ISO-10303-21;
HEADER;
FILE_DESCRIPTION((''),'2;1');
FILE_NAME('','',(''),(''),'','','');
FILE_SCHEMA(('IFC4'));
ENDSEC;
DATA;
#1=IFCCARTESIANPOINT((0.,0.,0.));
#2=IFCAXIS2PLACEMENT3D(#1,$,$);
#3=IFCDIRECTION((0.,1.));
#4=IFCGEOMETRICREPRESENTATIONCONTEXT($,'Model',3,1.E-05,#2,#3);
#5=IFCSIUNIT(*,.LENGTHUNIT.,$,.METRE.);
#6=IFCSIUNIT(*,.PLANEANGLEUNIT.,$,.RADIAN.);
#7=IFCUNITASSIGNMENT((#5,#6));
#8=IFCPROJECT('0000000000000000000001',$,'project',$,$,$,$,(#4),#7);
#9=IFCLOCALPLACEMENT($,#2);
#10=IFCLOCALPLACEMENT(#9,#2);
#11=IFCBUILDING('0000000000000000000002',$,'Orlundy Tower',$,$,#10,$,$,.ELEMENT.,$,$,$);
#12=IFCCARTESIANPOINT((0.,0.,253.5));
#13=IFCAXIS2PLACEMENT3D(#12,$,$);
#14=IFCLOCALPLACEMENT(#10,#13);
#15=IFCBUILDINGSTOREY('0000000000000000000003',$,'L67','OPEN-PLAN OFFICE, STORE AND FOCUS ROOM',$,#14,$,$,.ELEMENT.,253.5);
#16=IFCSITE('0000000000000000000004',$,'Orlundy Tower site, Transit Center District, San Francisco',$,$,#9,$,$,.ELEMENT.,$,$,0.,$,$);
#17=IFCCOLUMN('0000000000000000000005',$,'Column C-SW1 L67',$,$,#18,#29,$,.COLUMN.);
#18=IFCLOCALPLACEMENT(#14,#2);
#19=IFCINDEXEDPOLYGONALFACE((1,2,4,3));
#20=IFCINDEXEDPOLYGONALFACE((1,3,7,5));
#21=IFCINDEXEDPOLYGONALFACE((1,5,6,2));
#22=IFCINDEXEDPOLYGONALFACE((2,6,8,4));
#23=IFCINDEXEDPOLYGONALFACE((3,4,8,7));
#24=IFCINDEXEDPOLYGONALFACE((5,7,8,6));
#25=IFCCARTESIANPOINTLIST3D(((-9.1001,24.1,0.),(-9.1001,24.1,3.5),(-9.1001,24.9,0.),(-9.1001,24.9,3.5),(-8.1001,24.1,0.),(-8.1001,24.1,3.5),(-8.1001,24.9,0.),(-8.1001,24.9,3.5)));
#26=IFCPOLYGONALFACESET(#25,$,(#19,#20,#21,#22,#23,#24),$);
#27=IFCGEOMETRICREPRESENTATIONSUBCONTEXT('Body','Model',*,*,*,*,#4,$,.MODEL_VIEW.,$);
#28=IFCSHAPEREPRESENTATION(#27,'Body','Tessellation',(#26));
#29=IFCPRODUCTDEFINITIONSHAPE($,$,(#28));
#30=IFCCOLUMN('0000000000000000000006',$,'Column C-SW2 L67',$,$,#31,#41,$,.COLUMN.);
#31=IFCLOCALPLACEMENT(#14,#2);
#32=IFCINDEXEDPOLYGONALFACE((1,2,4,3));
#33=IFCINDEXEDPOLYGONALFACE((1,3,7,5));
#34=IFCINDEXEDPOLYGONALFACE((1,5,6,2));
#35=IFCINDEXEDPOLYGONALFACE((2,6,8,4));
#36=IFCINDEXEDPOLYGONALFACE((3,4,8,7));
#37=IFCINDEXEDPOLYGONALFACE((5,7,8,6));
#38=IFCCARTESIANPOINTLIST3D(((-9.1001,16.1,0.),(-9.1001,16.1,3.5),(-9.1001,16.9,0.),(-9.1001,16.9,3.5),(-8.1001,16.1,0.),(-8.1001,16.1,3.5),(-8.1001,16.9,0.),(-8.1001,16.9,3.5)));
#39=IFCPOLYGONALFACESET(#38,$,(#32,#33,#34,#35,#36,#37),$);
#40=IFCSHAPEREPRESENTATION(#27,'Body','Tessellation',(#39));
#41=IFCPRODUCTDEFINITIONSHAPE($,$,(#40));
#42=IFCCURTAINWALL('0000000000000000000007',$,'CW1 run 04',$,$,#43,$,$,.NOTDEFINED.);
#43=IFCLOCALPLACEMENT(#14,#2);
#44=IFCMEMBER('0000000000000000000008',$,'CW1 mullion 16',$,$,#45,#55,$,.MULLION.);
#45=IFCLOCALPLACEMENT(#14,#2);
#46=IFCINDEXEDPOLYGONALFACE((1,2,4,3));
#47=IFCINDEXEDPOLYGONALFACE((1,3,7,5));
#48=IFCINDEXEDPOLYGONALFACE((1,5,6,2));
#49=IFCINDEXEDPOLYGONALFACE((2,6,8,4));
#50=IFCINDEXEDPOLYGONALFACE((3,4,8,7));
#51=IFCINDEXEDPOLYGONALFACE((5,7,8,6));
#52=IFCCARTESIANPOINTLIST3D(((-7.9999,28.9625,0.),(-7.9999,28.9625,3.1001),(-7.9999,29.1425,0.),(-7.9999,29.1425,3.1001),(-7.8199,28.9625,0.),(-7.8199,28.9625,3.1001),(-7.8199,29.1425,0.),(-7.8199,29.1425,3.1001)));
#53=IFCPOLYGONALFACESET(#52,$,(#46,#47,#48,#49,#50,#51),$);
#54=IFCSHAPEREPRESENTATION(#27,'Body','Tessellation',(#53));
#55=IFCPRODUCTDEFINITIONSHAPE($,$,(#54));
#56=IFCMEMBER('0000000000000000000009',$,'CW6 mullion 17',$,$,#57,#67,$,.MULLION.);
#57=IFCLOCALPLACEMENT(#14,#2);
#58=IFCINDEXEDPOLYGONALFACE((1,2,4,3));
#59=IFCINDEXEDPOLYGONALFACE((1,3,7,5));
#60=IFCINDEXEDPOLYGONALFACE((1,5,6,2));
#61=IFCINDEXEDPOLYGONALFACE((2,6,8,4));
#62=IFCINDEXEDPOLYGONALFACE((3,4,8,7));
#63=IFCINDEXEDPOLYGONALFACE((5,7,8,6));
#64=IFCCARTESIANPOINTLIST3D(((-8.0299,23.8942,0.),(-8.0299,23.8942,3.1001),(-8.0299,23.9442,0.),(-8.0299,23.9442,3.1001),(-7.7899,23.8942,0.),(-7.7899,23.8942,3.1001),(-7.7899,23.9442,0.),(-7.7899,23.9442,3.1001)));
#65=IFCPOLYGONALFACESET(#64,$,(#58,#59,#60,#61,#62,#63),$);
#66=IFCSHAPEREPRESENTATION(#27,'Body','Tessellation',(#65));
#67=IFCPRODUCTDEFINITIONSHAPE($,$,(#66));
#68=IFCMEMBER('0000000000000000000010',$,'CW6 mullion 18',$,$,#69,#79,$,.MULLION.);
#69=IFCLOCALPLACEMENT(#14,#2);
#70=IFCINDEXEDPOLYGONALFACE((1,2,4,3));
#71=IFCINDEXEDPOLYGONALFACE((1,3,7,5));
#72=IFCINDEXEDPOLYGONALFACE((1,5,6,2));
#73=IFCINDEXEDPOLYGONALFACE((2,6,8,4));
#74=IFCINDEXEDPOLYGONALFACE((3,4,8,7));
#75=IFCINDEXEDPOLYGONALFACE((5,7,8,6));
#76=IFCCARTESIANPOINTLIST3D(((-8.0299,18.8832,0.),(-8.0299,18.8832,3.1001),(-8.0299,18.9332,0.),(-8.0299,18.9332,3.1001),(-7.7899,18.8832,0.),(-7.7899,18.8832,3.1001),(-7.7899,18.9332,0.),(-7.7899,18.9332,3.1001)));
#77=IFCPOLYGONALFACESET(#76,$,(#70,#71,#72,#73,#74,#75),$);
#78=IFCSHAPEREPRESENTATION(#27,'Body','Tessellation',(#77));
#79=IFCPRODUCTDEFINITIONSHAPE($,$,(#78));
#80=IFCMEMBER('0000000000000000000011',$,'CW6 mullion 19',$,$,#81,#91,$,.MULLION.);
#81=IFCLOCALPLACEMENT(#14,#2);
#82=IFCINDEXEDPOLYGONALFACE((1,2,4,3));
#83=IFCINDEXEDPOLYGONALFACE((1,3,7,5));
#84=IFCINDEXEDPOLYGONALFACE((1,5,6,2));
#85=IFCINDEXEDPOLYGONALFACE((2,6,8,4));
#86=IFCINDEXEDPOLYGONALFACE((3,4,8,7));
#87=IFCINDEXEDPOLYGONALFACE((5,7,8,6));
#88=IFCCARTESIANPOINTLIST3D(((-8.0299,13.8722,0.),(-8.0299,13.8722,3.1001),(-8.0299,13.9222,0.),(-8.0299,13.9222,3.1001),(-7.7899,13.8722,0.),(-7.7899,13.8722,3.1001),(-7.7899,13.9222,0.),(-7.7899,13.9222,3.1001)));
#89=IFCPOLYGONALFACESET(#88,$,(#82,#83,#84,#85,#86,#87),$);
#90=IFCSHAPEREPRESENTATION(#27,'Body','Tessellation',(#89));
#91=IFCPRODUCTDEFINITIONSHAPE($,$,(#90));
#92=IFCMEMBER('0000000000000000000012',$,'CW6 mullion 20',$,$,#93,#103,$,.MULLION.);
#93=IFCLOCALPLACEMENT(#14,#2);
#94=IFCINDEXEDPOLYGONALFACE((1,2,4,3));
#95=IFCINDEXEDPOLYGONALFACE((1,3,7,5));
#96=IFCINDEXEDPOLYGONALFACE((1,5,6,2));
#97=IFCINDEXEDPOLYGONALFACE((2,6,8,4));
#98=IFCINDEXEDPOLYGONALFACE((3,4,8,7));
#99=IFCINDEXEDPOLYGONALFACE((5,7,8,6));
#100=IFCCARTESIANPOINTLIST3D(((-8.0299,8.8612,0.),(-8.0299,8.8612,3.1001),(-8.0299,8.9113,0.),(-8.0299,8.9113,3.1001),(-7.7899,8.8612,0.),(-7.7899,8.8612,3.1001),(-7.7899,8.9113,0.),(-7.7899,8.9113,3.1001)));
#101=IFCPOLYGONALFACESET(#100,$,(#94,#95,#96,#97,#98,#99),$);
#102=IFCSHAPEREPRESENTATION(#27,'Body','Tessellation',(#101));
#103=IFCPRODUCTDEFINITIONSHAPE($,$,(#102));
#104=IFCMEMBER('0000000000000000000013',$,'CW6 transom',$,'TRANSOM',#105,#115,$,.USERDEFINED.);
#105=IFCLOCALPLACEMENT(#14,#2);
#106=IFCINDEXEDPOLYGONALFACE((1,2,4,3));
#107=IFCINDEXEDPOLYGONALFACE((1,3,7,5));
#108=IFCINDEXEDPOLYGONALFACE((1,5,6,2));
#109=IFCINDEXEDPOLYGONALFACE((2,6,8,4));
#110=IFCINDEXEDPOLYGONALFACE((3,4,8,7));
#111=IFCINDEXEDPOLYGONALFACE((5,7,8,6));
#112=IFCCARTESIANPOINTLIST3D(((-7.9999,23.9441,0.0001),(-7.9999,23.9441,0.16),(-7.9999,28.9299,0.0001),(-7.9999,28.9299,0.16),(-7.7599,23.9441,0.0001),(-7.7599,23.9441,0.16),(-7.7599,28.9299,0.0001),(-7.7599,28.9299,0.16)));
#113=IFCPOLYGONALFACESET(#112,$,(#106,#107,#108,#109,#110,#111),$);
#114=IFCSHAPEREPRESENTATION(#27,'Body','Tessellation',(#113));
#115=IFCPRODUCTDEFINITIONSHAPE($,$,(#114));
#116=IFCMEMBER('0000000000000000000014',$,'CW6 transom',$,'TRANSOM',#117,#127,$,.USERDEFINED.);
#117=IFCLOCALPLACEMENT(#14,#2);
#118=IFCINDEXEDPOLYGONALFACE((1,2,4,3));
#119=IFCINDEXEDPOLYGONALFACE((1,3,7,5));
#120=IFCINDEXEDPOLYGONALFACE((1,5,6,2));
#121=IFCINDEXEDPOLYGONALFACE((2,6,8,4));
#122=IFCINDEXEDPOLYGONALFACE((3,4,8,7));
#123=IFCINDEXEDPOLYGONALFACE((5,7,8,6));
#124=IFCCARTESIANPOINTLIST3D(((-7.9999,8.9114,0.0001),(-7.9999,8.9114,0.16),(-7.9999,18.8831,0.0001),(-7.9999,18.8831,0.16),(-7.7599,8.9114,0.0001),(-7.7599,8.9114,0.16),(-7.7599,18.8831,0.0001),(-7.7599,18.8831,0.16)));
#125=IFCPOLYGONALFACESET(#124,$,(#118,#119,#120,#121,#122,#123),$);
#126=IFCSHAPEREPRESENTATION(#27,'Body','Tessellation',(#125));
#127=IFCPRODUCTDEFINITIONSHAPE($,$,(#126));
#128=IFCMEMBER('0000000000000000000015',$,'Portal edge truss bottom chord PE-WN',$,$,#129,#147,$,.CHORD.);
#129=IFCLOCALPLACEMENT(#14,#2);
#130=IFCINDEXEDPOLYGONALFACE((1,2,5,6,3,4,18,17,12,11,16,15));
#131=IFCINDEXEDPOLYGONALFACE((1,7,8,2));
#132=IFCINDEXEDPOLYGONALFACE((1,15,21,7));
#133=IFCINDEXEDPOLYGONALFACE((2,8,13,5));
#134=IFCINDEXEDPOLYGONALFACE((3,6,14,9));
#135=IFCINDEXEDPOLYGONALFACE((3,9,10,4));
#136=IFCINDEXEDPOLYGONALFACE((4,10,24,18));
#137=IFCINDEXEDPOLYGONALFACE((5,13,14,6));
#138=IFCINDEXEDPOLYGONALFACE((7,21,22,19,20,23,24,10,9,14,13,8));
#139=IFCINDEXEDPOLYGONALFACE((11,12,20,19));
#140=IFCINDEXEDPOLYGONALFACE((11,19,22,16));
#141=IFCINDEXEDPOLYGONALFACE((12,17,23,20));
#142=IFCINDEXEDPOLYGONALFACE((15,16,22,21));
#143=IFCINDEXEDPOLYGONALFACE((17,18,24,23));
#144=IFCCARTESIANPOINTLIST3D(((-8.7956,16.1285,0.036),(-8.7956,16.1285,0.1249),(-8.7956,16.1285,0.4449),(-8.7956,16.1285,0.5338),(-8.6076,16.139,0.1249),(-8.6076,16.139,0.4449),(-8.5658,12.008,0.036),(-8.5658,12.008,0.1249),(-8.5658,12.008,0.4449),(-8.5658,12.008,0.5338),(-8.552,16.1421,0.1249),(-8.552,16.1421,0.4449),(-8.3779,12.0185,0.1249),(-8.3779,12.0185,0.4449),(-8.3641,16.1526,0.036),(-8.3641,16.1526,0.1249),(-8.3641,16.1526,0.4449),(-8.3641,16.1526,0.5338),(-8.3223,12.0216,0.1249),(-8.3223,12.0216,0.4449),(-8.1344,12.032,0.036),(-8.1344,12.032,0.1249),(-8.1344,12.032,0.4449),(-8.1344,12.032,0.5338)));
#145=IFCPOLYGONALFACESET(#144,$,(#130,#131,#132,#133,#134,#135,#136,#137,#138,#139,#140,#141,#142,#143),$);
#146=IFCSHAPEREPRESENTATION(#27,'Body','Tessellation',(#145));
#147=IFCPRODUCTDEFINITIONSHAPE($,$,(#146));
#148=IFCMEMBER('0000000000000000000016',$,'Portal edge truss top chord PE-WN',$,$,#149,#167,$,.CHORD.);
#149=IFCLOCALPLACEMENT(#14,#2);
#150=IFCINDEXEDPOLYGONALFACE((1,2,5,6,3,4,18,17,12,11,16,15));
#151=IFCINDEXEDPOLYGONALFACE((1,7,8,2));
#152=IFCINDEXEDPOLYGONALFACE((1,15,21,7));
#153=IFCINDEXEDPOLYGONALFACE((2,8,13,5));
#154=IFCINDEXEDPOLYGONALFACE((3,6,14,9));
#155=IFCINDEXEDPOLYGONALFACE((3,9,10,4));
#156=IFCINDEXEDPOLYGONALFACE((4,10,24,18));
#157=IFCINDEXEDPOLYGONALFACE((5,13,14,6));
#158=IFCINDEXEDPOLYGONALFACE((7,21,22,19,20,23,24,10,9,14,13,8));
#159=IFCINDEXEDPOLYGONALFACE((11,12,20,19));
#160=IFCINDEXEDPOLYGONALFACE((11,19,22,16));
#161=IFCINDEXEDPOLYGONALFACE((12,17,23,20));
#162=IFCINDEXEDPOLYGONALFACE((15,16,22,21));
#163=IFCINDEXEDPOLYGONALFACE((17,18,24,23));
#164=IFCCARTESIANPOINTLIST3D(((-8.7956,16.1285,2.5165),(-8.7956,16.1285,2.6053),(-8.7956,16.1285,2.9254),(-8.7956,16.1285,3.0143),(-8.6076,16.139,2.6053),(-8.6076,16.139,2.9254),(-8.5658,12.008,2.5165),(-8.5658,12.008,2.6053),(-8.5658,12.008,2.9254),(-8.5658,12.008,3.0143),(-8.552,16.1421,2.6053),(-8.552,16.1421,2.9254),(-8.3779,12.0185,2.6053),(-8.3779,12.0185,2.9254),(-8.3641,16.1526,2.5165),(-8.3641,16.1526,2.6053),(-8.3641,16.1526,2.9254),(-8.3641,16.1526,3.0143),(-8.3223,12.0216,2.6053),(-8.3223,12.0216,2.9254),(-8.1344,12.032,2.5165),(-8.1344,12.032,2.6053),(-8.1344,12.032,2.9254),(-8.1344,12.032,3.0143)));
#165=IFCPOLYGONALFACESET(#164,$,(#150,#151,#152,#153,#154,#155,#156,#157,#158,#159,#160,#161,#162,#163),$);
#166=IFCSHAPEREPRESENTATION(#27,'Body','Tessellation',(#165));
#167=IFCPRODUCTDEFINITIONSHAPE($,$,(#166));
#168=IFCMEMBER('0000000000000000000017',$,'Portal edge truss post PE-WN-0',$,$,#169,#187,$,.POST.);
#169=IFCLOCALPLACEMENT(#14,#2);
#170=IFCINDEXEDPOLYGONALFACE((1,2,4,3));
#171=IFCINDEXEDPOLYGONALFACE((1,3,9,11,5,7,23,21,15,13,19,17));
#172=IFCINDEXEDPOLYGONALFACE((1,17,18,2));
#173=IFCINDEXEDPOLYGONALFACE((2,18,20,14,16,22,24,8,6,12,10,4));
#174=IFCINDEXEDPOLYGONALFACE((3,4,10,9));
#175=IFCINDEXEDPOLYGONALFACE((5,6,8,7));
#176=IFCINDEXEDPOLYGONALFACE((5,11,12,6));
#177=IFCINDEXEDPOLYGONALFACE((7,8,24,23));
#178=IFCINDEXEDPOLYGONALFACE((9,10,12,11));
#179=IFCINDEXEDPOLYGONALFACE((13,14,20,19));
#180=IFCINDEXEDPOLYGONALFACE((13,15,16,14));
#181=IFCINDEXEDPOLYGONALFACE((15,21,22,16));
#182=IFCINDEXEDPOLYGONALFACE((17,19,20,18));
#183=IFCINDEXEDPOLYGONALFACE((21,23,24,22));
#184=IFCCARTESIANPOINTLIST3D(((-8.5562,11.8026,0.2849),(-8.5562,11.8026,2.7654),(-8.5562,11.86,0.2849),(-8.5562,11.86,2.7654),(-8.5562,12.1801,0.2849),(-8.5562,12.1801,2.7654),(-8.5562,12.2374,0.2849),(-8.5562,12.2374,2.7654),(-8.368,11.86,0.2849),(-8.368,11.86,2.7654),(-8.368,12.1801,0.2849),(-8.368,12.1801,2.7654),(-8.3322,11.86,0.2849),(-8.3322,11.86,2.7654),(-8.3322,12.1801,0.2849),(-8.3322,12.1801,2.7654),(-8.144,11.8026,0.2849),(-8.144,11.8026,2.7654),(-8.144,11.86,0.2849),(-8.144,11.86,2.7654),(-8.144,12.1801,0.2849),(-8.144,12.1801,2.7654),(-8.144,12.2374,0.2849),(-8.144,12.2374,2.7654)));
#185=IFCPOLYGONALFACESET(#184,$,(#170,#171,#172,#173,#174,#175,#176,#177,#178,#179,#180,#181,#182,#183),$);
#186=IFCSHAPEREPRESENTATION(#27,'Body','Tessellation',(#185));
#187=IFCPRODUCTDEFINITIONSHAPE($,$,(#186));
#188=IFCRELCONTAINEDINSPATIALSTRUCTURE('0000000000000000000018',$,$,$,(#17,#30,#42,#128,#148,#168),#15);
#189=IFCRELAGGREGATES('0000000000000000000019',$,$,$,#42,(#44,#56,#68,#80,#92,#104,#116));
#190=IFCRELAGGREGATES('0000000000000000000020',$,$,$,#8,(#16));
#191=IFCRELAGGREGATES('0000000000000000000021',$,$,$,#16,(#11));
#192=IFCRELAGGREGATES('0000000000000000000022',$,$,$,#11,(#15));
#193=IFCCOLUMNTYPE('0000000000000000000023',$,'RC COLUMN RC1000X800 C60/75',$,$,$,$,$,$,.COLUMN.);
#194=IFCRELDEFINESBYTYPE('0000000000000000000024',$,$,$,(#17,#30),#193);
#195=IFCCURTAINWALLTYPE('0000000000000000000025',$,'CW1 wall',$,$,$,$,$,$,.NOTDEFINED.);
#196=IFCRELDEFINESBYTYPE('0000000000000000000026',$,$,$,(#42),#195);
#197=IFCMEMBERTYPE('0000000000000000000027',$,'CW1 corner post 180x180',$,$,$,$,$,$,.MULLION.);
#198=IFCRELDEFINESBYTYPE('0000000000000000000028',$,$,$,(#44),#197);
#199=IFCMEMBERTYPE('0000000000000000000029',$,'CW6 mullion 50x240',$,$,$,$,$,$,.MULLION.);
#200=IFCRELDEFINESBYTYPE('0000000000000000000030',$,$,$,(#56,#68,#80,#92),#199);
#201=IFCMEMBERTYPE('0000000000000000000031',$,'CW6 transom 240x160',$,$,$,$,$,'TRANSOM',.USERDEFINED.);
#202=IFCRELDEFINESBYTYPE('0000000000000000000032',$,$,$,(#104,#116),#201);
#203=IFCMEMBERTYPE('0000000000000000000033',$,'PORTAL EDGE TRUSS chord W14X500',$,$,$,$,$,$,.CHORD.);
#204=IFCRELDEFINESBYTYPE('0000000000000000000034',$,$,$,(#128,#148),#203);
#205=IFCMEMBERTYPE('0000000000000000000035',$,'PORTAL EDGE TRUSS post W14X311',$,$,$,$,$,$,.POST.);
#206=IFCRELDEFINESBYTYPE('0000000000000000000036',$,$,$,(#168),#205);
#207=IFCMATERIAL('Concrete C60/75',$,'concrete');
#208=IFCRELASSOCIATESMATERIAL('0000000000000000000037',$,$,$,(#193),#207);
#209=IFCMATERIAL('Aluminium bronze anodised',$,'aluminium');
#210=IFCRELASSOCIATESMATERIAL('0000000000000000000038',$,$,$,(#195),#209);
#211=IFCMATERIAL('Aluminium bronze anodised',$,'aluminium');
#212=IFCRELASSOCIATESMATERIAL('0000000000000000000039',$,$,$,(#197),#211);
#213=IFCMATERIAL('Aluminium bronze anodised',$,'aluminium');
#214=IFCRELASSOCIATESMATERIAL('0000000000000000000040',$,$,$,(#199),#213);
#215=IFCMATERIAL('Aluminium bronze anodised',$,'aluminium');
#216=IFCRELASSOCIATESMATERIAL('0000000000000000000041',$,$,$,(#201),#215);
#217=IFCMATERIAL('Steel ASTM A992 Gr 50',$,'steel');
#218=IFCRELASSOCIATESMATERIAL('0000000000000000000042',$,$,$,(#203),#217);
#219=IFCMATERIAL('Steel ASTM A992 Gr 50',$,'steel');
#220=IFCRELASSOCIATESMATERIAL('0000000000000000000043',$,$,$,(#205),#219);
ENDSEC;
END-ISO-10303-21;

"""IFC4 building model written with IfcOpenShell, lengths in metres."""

from ifc_helpers import new_model, si_unit, direction, frame, origin, origin_2d, place, context, subcontext, project, spatial, rectangle, i_section, extrude, material, material_profile, profile_set, type_object, element, aggregate, save


model = new_model("IFC4")

# Units and contexts
model_context = context("Model", 3, precision=1e-05, world=origin(), true_north=direction((0.0, 1.0)))
body_context = subcontext(model_context, "Body", "Model", "MODEL_VIEW")
ifc_project = project(units=[si_unit("LENGTHUNIT", "METRE"), si_unit("PLANEANGLEUNIT", "RADIAN")], contexts=[model_context])

# Site, building, storey
site_placement = place(None, origin())
site = spatial("IfcSite", under=ifc_project, at=site_placement, Name="Orlundy Tower site, Transit Center District, San Francisco", CompositionType="ELEMENT", RefElevation=0.0)
building_placement = place(site_placement, origin())
building = spatial("IfcBuilding", under=site, at=building_placement, Name="Orlundy Tower", CompositionType="ELEMENT")
storey_placement = place(building_placement, frame((0.0, 0.0, 253.5)))
storey = spatial("IfcBuildingStorey", under=building, at=storey_placement, Name="L67", Description="OPEN-PLAN OFFICE, STORE AND FOCUS ROOM", CompositionType="ELEMENT", Elevation=253.5)

# Columns
ifc_material_1 = material(Name="Concrete C60/75", Category="concrete")
ifc_material_profile_1 = material_profile(ifc_material_1, rectangle(XDim=1.0, YDim=0.8, at=origin_2d()), Name="RC1000X800")
ifc_profile_set_1 = profile_set([ifc_material_profile_1], Name="Concrete C60/75")
column_type = type_object("IfcColumnType", Name="RC COLUMN RC1000X800 C60/75", PredefinedType="COLUMN", material=ifc_profile_set_1)
for number, where, z_axis, x_axis, name in (
    (1, (-8.6001, 24.5, 0.0), (0.0, 0.0, 1.0), (1.0, 0.0, 0.0), "Column C-SW1 L67"),
    (2, (-8.6001, 16.5, 0.0), (0.0, 0.0, 1.0), (1.0, 0.0, 0.0), "Column C-SW2 L67"),
):
    element("IfcColumn", number, at=place(storey_placement, frame(where, z_axis=z_axis, x_axis=x_axis)), inside=storey, type_object=column_type, Name=name, PredefinedType="COLUMN", context=body_context, shape_type="SweptSolid", body=[
        extrude(rectangle(XDim=1.0, YDim=0.8, at=origin_2d()), origin(), (0.0, 0.0, 1.0), 3.5),
    ])

# Curtain wall, members
ifc_material_2 = material(Name="Aluminium bronze anodised", Category="aluminium")
curtain_wall_type = type_object("IfcCurtainWallType", Name="CW1 wall", PredefinedType="NOTDEFINED", material=ifc_material_2)
curtain_wall_1_placement = place(storey_placement, origin())
curtain_wall_1 = element("IfcCurtainWall", 3, at=curtain_wall_1_placement, inside=storey, type_object=curtain_wall_type, Name="CW1 run 04", PredefinedType="NOTDEFINED")
ifc_material_3 = material(Name="Aluminium bronze anodised", Category="aluminium")
ifc_material_profile_2 = material_profile(ifc_material_3, rectangle(XDim=0.1799, YDim=0.1799, at=origin_2d()), Name="CW1 corner post 180x180")
ifc_profile_set_2 = profile_set([ifc_material_profile_2], Name="Aluminium bronze anodised")
member_type_1 = type_object("IfcMemberType", Name="CW1 corner post 180x180", PredefinedType="MULLION", material=ifc_profile_set_2)
member_1_placement = place(storey_placement, frame((-7.9099, 29.0525, 0.0), z_axis=(0.0, 0.0, 1.0), x_axis=(1.0, 0.0, 0.0)))
member_1 = element("IfcMember", 4, at=member_1_placement, type_object=member_type_1, Name="CW1 mullion 16", PredefinedType="MULLION", context=body_context, shape_type="SweptSolid", body=[
    extrude(rectangle(XDim=0.1799, YDim=0.1799, at=origin_2d()), origin(), (0.0, 0.0, 1.0), 3.1001),
])
ifc_material_4 = material(Name="Aluminium bronze anodised", Category="aluminium")
ifc_material_profile_3 = material_profile(ifc_material_4, rectangle(XDim=0.24, YDim=0.05, at=origin_2d()), Name="CW6 mullion 50x240")
ifc_profile_set_3 = profile_set([ifc_material_profile_3], Name="Aluminium bronze anodised")
member_type_2 = type_object("IfcMemberType", Name="CW6 mullion 50x240", PredefinedType="MULLION", material=ifc_profile_set_3)
member_2_placement = place(storey_placement, frame((-7.9099, 23.9192, 0.0), z_axis=(0.0, 0.0, 1.0), x_axis=(1.0, 0.0, 0.0)))
member_2 = element("IfcMember", 5, at=member_2_placement, type_object=member_type_2, Name="CW6 mullion 17", PredefinedType="MULLION", context=body_context, shape_type="SweptSolid", body=[
    extrude(rectangle(XDim=0.24, YDim=0.05, at=origin_2d()), origin(), (0.0, 0.0, 1.0), 3.1001),
])
member_3_placement = place(storey_placement, frame((-7.9099, 18.9082, 0.0), z_axis=(0.0, 0.0, 1.0), x_axis=(1.0, 0.0, 0.0)))
member_3 = element("IfcMember", 6, at=member_3_placement, type_object=member_type_2, Name="CW6 mullion 18", PredefinedType="MULLION", context=body_context, shape_type="SweptSolid", body=[
    extrude(rectangle(XDim=0.24, YDim=0.05, at=origin_2d()), origin(), (0.0, 0.0, 1.0), 3.1001),
])
member_4_placement = place(storey_placement, frame((-7.9099, 13.8972, 0.0), z_axis=(0.0, 0.0, 1.0), x_axis=(1.0, 0.0, 0.0)))
member_4 = element("IfcMember", 7, at=member_4_placement, type_object=member_type_2, Name="CW6 mullion 19", PredefinedType="MULLION", context=body_context, shape_type="SweptSolid", body=[
    extrude(rectangle(XDim=0.24, YDim=0.05, at=origin_2d()), origin(), (0.0, 0.0, 1.0), 3.1001),
])
member_5_placement = place(storey_placement, frame((-7.9099, 8.8862, 0.0), z_axis=(0.0, 0.0, 1.0), x_axis=(1.0, 0.0, 0.0)))
member_5 = element("IfcMember", 8, at=member_5_placement, type_object=member_type_2, Name="CW6 mullion 20", PredefinedType="MULLION", context=body_context, shape_type="SweptSolid", body=[
    extrude(rectangle(XDim=0.24, YDim=0.05, at=origin_2d()), origin(), (0.0, 0.0, 1.0), 3.1001),
])
ifc_material_5 = material(Name="Aluminium bronze anodised", Category="aluminium")
ifc_material_profile_4 = material_profile(ifc_material_5, rectangle(XDim=0.24, YDim=0.1599, at=origin_2d()), Name="CW6 transom 240x160")
ifc_profile_set_4 = profile_set([ifc_material_profile_4], Name="Aluminium bronze anodised")
member_type_3 = type_object("IfcMemberType", Name="CW6 transom 240x160", ElementType="TRANSOM", PredefinedType="USERDEFINED", material=ifc_profile_set_4)
member_6_placement = place(storey_placement, frame((-7.8799, 28.9299, 0.0801), z_axis=(0.0, -1.0, 0.0), x_axis=(1.0, 0.0, 0.0)))
member_6 = element("IfcMember", 9, at=member_6_placement, type_object=member_type_3, Name="CW6 transom", ObjectType="TRANSOM", PredefinedType="USERDEFINED", context=body_context, shape_type="SweptSolid", body=[
    extrude(rectangle(XDim=0.24, YDim=0.1599, at=origin_2d()), origin(), (0.0, 0.0, 1.0), 4.9858),
])
member_7_placement = place(storey_placement, frame((-7.8799, 18.8831, 0.0801), z_axis=(0.0, -1.0, 0.0), x_axis=(1.0, 0.0, 0.0)))
member_7 = element("IfcMember", 10, at=member_7_placement, type_object=member_type_3, Name="CW6 transom", ObjectType="TRANSOM", PredefinedType="USERDEFINED", context=body_context, shape_type="SweptSolid", body=[
    extrude(rectangle(XDim=0.24, YDim=0.1599, at=origin_2d()), origin(), (0.0, 0.0, 1.0), 9.9717),
])

# Members
ifc_material_6 = material(Name="Steel ASTM A992 Gr 50", Category="steel")
ifc_material_profile_5 = material_profile(ifc_material_6, i_section(OverallWidth=0.4321, OverallDepth=0.4978, WebThickness=0.0557, FlangeThickness=0.0889, at=origin_2d()), Name="W14X500")
ifc_profile_set_5 = profile_set([ifc_material_profile_5], Name="Steel ASTM A992 Gr 50")
member_type_4 = type_object("IfcMemberType", Name="PORTAL EDGE TRUSS chord W14X500", PredefinedType="CHORD", material=ifc_profile_set_5)
for number, where, z_axis, x_axis, name in (
    (11, (-8.3501, 12.02, 0.2849), (-0.055667, 0.998449, 0.0), (-0.998449, -0.055667, 0.0), "Portal edge truss bottom chord PE-WN"),
    (12, (-8.3501, 12.02, 2.7654), (-0.055667, 0.998449, 0.0), (-0.998449, -0.055667, 0.0), "Portal edge truss top chord PE-WN"),
):
    element("IfcMember", number, at=place(storey_placement, frame(where, z_axis=z_axis, x_axis=x_axis)), inside=storey, type_object=member_type_4, Name=name, PredefinedType="CHORD", context=body_context, shape_type="SweptSolid", body=[
        extrude(i_section(OverallWidth=0.4321, OverallDepth=0.4978, WebThickness=0.0557, FlangeThickness=0.0889, at=origin_2d()), origin(), (0.0, 0.0, 1.0), 4.127),
    ])
ifc_material_7 = material(Name="Steel ASTM A992 Gr 50", Category="steel")
ifc_material_profile_6 = material_profile(ifc_material_7, i_section(OverallWidth=0.4121, OverallDepth=0.4348, WebThickness=0.0359, FlangeThickness=0.0574, at=origin_2d()), Name="W14X311")
ifc_profile_set_6 = profile_set([ifc_material_profile_6], Name="Steel ASTM A992 Gr 50")
member_type_5 = type_object("IfcMemberType", Name="PORTAL EDGE TRUSS post W14X311", PredefinedType="POST", material=ifc_profile_set_6)
for number, where, z_axis, x_axis, name in (
    (13, (-8.3501, 12.02, 0.2849), (0.0, 0.0, 1.0), (1.0, 0.0, 0.0), "Portal edge truss post PE-WN-0"),
):
    element("IfcMember", number, at=place(storey_placement, frame(where, z_axis=z_axis, x_axis=x_axis)), inside=storey, type_object=member_type_5, Name=name, PredefinedType="POST", context=body_context, shape_type="SweptSolid", body=[
        extrude(i_section(OverallWidth=0.4121, OverallDepth=0.4348, WebThickness=0.0359, FlangeThickness=0.0574, at=origin_2d()), origin(), (0.0, 0.0, 1.0), 2.4805),
    ])

aggregate(curtain_wall_1, [member_1, member_2, member_3, member_4, member_5, member_6, member_7])

save(model, "model.ifc")
